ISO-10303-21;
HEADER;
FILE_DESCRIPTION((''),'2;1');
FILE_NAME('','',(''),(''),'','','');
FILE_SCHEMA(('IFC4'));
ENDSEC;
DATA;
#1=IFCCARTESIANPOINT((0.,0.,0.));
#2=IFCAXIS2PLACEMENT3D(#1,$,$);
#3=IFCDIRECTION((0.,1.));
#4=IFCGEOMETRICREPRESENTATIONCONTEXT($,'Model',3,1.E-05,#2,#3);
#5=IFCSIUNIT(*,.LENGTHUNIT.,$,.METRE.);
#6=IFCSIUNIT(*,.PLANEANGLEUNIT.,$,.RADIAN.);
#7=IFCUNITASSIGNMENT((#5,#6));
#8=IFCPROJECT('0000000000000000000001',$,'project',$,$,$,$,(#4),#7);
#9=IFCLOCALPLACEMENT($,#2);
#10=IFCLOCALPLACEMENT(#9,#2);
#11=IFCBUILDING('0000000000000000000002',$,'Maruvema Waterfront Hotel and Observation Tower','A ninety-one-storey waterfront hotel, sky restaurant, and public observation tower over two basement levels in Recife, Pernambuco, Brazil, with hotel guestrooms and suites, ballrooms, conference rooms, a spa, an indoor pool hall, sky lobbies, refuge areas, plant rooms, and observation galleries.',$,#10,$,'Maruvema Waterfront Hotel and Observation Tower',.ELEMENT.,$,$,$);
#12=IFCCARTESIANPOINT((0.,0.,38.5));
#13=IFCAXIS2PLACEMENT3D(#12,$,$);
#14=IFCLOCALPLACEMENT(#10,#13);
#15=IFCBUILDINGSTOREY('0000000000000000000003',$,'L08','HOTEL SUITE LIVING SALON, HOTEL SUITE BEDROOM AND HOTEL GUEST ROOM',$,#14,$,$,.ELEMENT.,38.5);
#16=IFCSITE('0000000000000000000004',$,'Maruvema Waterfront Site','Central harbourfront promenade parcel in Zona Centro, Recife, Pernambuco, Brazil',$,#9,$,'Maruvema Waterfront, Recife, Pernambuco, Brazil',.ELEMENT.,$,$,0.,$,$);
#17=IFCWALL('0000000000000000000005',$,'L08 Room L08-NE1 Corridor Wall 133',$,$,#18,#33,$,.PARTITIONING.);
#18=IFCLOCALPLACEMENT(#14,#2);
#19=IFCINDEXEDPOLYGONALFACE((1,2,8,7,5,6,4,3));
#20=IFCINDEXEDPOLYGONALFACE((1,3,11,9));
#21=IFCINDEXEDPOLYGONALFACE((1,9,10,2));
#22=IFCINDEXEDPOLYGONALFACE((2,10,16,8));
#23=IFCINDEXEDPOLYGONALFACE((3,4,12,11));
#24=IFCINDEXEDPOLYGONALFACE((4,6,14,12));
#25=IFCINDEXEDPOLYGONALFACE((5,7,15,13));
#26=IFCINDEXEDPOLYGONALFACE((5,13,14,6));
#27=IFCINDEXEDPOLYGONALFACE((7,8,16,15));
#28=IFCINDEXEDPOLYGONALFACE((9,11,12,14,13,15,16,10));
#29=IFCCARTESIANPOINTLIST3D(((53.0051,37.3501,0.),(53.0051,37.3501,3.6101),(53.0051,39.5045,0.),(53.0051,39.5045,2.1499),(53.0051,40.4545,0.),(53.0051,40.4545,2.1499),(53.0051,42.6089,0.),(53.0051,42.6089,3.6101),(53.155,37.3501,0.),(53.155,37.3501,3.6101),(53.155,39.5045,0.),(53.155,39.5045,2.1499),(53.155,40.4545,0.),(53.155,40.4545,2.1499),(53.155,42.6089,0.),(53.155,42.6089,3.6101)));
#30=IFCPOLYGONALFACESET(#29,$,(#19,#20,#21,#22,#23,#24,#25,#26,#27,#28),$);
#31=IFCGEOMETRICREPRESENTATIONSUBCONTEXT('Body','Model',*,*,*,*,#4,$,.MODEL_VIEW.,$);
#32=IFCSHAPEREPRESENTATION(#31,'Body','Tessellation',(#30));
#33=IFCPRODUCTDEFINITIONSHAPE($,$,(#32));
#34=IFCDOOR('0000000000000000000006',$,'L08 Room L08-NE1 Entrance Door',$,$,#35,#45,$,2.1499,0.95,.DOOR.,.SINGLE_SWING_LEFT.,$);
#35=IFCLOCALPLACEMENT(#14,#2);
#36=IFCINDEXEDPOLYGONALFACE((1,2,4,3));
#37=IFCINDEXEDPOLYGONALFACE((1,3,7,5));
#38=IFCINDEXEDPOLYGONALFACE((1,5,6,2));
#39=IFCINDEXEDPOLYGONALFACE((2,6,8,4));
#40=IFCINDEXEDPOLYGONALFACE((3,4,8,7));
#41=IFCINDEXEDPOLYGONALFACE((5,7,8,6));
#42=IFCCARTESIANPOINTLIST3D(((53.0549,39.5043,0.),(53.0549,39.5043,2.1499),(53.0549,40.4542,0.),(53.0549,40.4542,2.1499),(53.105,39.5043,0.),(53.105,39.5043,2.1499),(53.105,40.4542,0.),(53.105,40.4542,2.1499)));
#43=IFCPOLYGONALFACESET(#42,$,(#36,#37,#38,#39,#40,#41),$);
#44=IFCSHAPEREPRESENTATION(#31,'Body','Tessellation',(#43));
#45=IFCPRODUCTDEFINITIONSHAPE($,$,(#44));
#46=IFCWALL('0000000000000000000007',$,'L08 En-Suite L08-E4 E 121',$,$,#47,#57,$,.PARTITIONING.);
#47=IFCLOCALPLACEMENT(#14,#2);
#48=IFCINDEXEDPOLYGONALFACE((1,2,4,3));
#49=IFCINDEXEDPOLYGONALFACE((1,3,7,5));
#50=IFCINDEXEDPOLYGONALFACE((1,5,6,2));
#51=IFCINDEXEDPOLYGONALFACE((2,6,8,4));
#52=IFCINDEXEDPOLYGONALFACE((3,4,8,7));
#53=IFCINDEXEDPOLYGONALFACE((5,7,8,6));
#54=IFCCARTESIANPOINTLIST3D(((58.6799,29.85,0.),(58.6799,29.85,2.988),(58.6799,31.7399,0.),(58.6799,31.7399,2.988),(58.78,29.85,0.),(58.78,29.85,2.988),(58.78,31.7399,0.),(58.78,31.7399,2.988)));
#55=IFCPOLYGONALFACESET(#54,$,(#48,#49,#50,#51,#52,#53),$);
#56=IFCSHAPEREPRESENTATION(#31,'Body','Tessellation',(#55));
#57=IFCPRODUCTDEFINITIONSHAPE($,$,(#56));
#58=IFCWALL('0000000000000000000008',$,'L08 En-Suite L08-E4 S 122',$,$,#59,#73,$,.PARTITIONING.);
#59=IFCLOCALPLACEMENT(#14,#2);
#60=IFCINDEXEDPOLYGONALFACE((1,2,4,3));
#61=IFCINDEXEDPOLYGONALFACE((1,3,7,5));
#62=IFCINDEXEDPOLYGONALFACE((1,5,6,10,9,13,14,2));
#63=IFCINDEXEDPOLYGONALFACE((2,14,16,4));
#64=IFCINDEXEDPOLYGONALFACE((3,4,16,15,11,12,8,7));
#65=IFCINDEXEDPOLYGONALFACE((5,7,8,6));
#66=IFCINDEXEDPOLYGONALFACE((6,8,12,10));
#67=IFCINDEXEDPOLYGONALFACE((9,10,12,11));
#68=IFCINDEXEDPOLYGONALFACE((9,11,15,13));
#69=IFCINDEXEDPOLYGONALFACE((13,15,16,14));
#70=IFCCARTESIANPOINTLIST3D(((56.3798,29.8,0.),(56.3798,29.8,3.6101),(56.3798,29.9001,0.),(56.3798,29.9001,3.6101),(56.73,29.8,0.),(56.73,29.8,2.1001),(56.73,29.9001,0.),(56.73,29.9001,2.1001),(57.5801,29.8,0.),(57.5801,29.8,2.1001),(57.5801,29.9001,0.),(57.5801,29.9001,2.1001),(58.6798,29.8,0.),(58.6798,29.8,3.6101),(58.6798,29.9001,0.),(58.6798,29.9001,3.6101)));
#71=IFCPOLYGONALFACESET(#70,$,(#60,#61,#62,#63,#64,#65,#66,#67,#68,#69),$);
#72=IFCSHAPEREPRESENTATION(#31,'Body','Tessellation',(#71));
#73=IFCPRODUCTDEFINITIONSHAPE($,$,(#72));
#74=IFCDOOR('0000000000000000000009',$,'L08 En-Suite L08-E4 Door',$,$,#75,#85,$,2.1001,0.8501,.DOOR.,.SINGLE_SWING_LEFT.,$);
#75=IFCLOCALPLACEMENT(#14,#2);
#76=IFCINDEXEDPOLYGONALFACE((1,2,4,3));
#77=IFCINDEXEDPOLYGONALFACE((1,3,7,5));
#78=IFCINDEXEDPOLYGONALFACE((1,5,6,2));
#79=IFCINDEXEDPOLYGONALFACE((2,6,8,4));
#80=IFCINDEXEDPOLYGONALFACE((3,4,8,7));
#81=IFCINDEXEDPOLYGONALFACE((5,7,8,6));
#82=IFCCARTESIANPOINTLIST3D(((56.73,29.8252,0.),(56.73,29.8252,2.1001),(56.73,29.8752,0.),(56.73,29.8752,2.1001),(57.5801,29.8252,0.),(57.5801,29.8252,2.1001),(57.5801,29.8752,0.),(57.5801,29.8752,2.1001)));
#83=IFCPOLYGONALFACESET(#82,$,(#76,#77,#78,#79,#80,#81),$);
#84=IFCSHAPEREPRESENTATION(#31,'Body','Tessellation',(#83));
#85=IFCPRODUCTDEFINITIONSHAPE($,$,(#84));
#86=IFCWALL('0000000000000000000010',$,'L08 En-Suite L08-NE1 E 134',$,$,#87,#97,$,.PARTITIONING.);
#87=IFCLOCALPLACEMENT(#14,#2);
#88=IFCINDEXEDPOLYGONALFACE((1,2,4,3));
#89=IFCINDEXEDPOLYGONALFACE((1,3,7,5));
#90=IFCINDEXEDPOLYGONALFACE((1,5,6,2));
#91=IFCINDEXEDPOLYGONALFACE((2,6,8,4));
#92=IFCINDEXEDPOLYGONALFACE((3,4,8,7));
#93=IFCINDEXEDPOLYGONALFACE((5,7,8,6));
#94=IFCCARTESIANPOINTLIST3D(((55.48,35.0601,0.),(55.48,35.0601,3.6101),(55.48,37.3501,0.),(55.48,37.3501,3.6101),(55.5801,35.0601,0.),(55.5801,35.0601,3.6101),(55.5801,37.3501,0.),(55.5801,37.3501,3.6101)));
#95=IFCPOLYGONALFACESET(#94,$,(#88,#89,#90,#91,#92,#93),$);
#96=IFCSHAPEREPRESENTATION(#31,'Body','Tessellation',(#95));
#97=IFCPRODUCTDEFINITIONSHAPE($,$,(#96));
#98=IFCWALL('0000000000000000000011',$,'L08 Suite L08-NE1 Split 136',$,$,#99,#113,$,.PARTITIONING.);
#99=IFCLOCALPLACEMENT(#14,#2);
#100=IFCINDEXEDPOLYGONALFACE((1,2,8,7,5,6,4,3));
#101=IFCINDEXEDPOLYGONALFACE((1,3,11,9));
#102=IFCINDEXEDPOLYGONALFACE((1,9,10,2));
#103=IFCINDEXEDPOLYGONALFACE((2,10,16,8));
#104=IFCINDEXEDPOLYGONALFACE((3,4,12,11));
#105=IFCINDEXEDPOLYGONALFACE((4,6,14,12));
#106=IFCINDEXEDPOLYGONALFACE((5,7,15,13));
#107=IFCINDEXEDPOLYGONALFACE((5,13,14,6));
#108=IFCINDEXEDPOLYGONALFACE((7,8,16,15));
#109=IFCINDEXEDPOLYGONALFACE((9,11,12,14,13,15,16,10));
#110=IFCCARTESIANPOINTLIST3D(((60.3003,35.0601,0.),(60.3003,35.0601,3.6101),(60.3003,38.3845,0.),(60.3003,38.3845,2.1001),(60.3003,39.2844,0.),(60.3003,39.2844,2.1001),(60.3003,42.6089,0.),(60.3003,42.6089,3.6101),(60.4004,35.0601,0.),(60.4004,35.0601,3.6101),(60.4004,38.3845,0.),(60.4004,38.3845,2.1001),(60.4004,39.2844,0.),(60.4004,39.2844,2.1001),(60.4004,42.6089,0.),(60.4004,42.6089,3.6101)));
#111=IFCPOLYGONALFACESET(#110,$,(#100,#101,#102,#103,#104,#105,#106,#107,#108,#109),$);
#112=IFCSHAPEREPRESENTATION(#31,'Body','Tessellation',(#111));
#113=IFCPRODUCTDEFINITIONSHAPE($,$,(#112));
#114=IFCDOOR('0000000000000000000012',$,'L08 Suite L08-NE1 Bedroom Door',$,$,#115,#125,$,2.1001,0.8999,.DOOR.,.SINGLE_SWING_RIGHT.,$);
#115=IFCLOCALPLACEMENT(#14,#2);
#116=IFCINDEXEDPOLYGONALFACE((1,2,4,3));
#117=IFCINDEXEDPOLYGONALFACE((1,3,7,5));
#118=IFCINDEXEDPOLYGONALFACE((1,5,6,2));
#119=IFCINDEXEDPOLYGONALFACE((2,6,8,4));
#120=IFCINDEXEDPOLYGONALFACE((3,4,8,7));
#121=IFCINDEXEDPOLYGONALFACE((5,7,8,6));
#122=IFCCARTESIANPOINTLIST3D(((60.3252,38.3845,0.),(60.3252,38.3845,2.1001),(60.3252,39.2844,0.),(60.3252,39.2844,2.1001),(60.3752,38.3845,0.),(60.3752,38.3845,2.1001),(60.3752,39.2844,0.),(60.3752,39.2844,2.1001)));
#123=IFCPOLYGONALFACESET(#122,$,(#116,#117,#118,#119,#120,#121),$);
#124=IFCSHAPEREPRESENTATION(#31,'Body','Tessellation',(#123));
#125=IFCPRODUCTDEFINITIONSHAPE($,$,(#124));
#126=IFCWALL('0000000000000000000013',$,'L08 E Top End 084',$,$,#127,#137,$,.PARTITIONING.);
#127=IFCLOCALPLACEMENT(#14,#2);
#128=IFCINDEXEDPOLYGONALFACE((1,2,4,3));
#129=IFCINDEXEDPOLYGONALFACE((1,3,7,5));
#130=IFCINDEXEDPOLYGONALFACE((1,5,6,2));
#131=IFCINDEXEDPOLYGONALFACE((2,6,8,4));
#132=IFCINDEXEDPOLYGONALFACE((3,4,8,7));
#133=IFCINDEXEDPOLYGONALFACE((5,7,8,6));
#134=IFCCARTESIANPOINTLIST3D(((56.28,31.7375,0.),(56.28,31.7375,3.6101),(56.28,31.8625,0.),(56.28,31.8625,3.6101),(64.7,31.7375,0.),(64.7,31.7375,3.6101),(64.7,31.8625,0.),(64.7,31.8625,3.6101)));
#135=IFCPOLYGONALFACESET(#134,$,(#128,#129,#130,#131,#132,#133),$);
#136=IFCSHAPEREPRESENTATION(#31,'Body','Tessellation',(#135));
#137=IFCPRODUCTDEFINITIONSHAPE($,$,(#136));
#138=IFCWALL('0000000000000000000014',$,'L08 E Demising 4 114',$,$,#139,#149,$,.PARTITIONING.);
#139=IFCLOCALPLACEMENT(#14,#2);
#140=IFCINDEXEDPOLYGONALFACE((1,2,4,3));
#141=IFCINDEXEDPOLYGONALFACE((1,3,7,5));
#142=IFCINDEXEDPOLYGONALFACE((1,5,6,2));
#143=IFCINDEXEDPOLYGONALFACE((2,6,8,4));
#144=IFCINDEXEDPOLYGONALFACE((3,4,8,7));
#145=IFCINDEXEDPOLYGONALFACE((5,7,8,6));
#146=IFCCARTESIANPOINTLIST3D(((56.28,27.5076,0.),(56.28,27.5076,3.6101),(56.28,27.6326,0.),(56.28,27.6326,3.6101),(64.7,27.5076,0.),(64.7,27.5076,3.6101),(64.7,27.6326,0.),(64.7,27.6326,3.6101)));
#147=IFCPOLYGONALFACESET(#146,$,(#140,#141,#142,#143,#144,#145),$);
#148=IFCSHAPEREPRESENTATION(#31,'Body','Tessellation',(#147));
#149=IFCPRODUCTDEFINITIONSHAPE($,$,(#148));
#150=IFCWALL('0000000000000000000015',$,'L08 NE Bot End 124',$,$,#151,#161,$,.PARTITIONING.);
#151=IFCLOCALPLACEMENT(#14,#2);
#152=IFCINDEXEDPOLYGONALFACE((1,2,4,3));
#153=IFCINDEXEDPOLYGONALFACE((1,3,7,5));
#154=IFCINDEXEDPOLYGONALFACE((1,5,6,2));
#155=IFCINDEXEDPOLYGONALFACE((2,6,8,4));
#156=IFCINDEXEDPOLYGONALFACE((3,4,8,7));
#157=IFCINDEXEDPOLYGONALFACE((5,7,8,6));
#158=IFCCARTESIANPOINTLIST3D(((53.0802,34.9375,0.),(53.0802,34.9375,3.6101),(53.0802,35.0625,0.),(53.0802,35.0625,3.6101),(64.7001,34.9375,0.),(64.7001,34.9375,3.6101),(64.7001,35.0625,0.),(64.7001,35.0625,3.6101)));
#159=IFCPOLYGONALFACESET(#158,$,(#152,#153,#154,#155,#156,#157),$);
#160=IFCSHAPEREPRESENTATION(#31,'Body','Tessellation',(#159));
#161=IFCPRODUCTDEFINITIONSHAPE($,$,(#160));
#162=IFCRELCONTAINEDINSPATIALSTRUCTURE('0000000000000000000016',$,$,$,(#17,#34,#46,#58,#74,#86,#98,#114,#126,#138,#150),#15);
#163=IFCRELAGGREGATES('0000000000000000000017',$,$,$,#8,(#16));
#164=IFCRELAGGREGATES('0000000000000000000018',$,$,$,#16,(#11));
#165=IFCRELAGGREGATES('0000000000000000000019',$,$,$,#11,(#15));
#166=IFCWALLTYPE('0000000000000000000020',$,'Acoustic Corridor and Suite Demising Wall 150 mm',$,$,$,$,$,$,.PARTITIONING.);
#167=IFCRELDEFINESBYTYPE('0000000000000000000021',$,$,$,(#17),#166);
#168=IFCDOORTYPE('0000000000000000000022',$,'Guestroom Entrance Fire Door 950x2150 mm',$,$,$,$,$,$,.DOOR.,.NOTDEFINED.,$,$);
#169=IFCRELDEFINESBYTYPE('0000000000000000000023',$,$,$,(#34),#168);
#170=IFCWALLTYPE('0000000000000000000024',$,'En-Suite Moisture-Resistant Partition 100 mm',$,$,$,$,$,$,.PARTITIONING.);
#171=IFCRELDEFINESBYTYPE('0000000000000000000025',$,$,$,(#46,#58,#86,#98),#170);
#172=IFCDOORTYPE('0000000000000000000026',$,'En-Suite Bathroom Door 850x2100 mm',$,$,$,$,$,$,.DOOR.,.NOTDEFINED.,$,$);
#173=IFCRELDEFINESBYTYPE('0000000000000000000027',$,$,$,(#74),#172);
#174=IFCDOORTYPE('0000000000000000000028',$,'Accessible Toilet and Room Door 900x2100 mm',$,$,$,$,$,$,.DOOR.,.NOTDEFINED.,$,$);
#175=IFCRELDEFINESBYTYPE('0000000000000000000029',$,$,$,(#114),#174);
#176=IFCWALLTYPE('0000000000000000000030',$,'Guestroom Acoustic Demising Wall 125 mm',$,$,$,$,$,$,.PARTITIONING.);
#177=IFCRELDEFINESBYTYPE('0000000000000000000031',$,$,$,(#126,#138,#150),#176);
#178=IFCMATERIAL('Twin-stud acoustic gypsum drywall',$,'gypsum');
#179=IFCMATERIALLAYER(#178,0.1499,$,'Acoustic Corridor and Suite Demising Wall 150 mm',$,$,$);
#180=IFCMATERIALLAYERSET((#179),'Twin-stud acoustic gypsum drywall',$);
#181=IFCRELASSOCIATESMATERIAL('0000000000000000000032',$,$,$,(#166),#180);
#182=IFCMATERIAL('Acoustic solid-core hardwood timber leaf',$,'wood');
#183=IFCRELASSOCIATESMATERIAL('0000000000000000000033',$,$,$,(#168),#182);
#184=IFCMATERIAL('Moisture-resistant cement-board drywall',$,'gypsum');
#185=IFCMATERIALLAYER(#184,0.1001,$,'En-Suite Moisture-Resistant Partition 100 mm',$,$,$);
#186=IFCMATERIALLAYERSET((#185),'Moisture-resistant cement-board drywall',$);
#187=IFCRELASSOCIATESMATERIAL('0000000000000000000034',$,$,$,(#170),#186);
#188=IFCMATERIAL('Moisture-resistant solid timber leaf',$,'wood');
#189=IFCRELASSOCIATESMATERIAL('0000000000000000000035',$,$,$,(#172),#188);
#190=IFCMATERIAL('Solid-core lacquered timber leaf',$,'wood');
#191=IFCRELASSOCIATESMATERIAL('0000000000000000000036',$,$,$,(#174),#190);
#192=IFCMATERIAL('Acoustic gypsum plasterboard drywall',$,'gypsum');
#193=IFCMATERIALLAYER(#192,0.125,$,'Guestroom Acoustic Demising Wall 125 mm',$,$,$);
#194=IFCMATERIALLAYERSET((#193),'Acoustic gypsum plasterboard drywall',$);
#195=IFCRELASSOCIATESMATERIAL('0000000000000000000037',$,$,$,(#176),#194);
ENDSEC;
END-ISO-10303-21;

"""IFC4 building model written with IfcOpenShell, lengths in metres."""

from ifc_helpers import new_model, si_unit, direction, frame, frame_2d, origin, place, context, subcontext, project, spatial, rectangle, extrude, material, layer, layer_set, type_object, element, fill, save


model = new_model("IFC4")

# Units and contexts
model_context = context("Model", 3, precision=1e-05, world=origin(), true_north=direction((0.0, 1.0)))
body_context = subcontext(model_context, "Body", "Model", "MODEL_VIEW")
ifc_project = project(units=[si_unit("LENGTHUNIT", "METRE"), si_unit("PLANEANGLEUNIT", "RADIAN")], contexts=[model_context])

# Site, building, storey
site_placement = place(None, origin())
site = spatial("IfcSite", under=ifc_project, at=site_placement, Name="Maruvema Waterfront Site", Description="Central harbourfront promenade parcel in Zona Centro, Recife, Pernambuco, Brazil", LongName="Maruvema Waterfront, Recife, Pernambuco, Brazil", CompositionType="ELEMENT", RefElevation=0.0)
building_placement = place(site_placement, origin())
building = spatial("IfcBuilding", under=site, at=building_placement, Name="Maruvema Waterfront Hotel and Observation Tower", Description="A ninety-one-storey waterfront hotel, sky restaurant, and public observation tower over two basement levels in Recife, Pernambuco, Brazil, with hotel guestrooms and suites, ballrooms, conference rooms, a spa, an indoor pool hall, sky lobbies, refuge areas, plant rooms, and observation galleries.", LongName="Maruvema Waterfront Hotel and Observation Tower", CompositionType="ELEMENT")
storey_placement = place(building_placement, frame((0.0, 0.0, 38.5)))
storey = spatial("IfcBuildingStorey", under=building, at=storey_placement, Name="L08", Description="HOTEL SUITE LIVING SALON, HOTEL SUITE BEDROOM AND HOTEL GUEST ROOM", CompositionType="ELEMENT", Elevation=38.5)

# Shared definitions
ifc_material_1 = material(Name="Twin-stud acoustic gypsum drywall", Category="gypsum")
ifc_layer_1 = layer(ifc_material_1, 0.1499, Name="Acoustic Corridor and Suite Demising Wall 150 mm")
ifc_layer_set_1 = layer_set([ifc_layer_1], Name="Twin-stud acoustic gypsum drywall")
wall_type_1 = type_object("IfcWallType", Name="Acoustic Corridor and Suite Demising Wall 150 mm", PredefinedType="PARTITIONING", material=ifc_layer_set_1)
ifc_material_2 = material(Name="Acoustic solid-core hardwood timber leaf", Category="wood")
door_type_1 = type_object("IfcDoorType", Name="Guestroom Entrance Fire Door 950x2150 mm", OperationType="NOTDEFINED", PredefinedType="DOOR", material=ifc_material_2)

# Wall, opening, door
wall_1_placement = place(storey_placement, frame((53.0801, 37.3501, 0.0), z_axis=(0.0, 0.0, 1.0), x_axis=(0.0, 1.0, 0.0)))
wall_1 = element("IfcWall", 1, at=wall_1_placement, inside=storey, type_object=wall_type_1, Name="L08 Room L08-NE1 Corridor Wall 133", PredefinedType="PARTITIONING", context=body_context, shape_type="SweptSolid", body=[
    extrude(rectangle(XDim=5.2588, YDim=0.1499, at=frame_2d((2.6294, 0.0))), origin(), (0.0, 0.0, 1.0), 3.6101),
])
opening_1_placement = place(wall_1_placement, frame((2.1543, 0.0, 0.0)))
opening_1 = element("IfcOpeningElement", 2, at=opening_1_placement, cuts=wall_1, PredefinedType="OPENING", context=body_context, shape_type="SweptSolid", body=[
    extrude(rectangle(XDim=0.95, YDim=2.1499, at=frame_2d((0.4751, 1.075))), frame((0.0, 0.085, 0.0), z_axis=(0.0, -1.0, 0.0), x_axis=(1.0, 0.0, 0.0)), (0.0, 0.0, 1.0), 0.1699),
])
door_1_placement = place(opening_1_placement, frame((0.95, 0.0, 0.0), z_axis=(0.0, 0.0, 1.0), x_axis=(-1.0, 0.0, 0.0)))
door_1 = element("IfcDoor", 3, at=door_1_placement, inside=storey, type_object=door_type_1, Name="L08 Room L08-NE1 Entrance Door", OperationType="SINGLE_SWING_LEFT", OverallHeight=2.1499, OverallWidth=0.95, PredefinedType="DOOR", context=body_context, shape_type="SweptSolid", body=[
    extrude(rectangle(XDim=0.95, YDim=2.1499, at=frame_2d((0.4751, 1.075))), frame((0.0, 0.0249, 0.0), z_axis=(0.0, -1.0, 0.0), x_axis=(1.0, 0.0, 0.0)), (0.0, 0.0, 1.0), 0.05),
])
fill(opening_1, door_1)

# Wall
ifc_material_3 = material(Name="Moisture-resistant cement-board drywall", Category="gypsum")
ifc_layer_2 = layer(ifc_material_3, 0.1001, Name="En-Suite Moisture-Resistant Partition 100 mm")
ifc_layer_set_2 = layer_set([ifc_layer_2], Name="Moisture-resistant cement-board drywall")
wall_type_2 = type_object("IfcWallType", Name="En-Suite Moisture-Resistant Partition 100 mm", PredefinedType="PARTITIONING", material=ifc_layer_set_2)
wall_2_placement = place(storey_placement, frame((58.73, 29.8501, 0.0), z_axis=(0.0, 0.0, 1.0), x_axis=(0.0, 1.0, 0.0)))
element("IfcWall", 4, at=wall_2_placement, inside=storey, type_object=wall_type_2, Name="L08 En-Suite L08-E4 E 121", PredefinedType="PARTITIONING", context=body_context, shape_type="SweptSolid", body=[
    extrude(rectangle(XDim=1.8899, YDim=0.1001, at=frame_2d((0.9448, 0.0))), origin(), (0.0, 0.0, 1.0), 2.988),
])

# Wall, opening, door
wall_3_placement = place(storey_placement, frame((56.3799, 29.8501, 0.0), z_axis=(0.0, 0.0, 1.0), x_axis=(1.0, 0.0, 0.0)))
wall_3 = element("IfcWall", 5, at=wall_3_placement, inside=storey, type_object=wall_type_2, Name="L08 En-Suite L08-E4 S 122", PredefinedType="PARTITIONING", context=body_context, shape_type="SweptSolid", body=[
    extrude(rectangle(XDim=2.3, YDim=0.1001, at=frame_2d((1.1499, 0.0))), origin(), (0.0, 0.0, 1.0), 3.6101),
])
opening_2_placement = place(wall_3_placement, frame((0.3501, 0.0, 0.0)))
opening_2 = element("IfcOpeningElement", 6, at=opening_2_placement, cuts=wall_3, PredefinedType="OPENING", context=body_context, shape_type="SweptSolid", body=[
    extrude(rectangle(XDim=0.8501, YDim=2.1001, at=frame_2d((0.425, 1.05))), frame((0.0, 0.0601, 0.0), z_axis=(0.0, -1.0, 0.0), x_axis=(1.0, 0.0, 0.0)), (0.0, 0.0, 1.0), 0.1201),
])
ifc_material_4 = material(Name="Moisture-resistant solid timber leaf", Category="wood")
door_type_2 = type_object("IfcDoorType", Name="En-Suite Bathroom Door 850x2100 mm", OperationType="NOTDEFINED", PredefinedType="DOOR", material=ifc_material_4)
door_2_placement = place(opening_2_placement, frame((0.8501, 0.0, 0.0), z_axis=(0.0, 0.0, 1.0), x_axis=(-1.0, 0.0, 0.0)))
door_2 = element("IfcDoor", 7, at=door_2_placement, inside=storey, type_object=door_type_2, Name="L08 En-Suite L08-E4 Door", OperationType="SINGLE_SWING_LEFT", OverallHeight=2.1001, OverallWidth=0.8501, PredefinedType="DOOR", context=body_context, shape_type="SweptSolid", body=[
    extrude(rectangle(XDim=0.8501, YDim=2.1001, at=frame_2d((0.425, 1.05))), frame((0.0, 0.0249, 0.0), z_axis=(0.0, -1.0, 0.0), x_axis=(1.0, 0.0, 0.0)), (0.0, 0.0, 1.0), 0.05),
])
fill(opening_2, door_2)

# Wall
wall_4_placement = place(storey_placement, frame((55.53, 35.0601, 0.0), z_axis=(0.0, 0.0, 1.0), x_axis=(0.0, 1.0, 0.0)))
element("IfcWall", 8, at=wall_4_placement, inside=storey, type_object=wall_type_2, Name="L08 En-Suite L08-NE1 E 134", PredefinedType="PARTITIONING", context=body_context, shape_type="SweptSolid", body=[
    extrude(rectangle(XDim=2.29, YDim=0.1001, at=frame_2d((1.145, 0.0))), origin(), (0.0, 0.0, 1.0), 3.6101),
])

# Wall, opening, door
wall_5_placement = place(storey_placement, frame((60.3503, 35.0601, 0.0), z_axis=(0.0, 0.0, 1.0), x_axis=(0.0, 1.0, 0.0)))
wall_5 = element("IfcWall", 9, at=wall_5_placement, inside=storey, type_object=wall_type_2, Name="L08 Suite L08-NE1 Split 136", PredefinedType="PARTITIONING", context=body_context, shape_type="SweptSolid", body=[
    extrude(rectangle(XDim=7.5488, YDim=0.1001, at=frame_2d((3.7744, 0.0))), origin(), (0.0, 0.0, 1.0), 3.6101),
])
opening_3_placement = place(wall_5_placement, frame((3.3245, 0.0, 0.0)))
opening_3 = element("IfcOpeningElement", 10, at=opening_3_placement, cuts=wall_5, PredefinedType="OPENING", context=body_context, shape_type="SweptSolid", body=[
    extrude(rectangle(XDim=0.8999, YDim=2.1001, at=frame_2d((0.45, 1.05))), frame((0.0, 0.0601, 0.0), z_axis=(0.0, -1.0, 0.0), x_axis=(1.0, 0.0, 0.0)), (0.0, 0.0, 1.0), 0.1201),
])
ifc_material_5 = material(Name="Solid-core lacquered timber leaf", Category="wood")
door_type_3 = type_object("IfcDoorType", Name="Accessible Toilet and Room Door 900x2100 mm", OperationType="NOTDEFINED", PredefinedType="DOOR", material=ifc_material_5)
door_3_placement = place(opening_3_placement, frame((0.8999, 0.0, 0.0), z_axis=(0.0, 0.0, 1.0), x_axis=(-1.0, 0.0, 0.0)))
door_3 = element("IfcDoor", 11, at=door_3_placement, inside=storey, type_object=door_type_3, Name="L08 Suite L08-NE1 Bedroom Door", OperationType="SINGLE_SWING_RIGHT", OverallHeight=2.1001, OverallWidth=0.8999, PredefinedType="DOOR", context=body_context, shape_type="SweptSolid", body=[
    extrude(rectangle(XDim=0.8999, YDim=2.1001, at=frame_2d((0.45, 1.05))), frame((0.0, 0.0249, 0.0), z_axis=(0.0, -1.0, 0.0), x_axis=(1.0, 0.0, 0.0)), (0.0, 0.0, 1.0), 0.05),
])
fill(opening_3, door_3)

# Walls
ifc_material_6 = material(Name="Acoustic gypsum plasterboard drywall", Category="gypsum")
ifc_layer_3 = layer(ifc_material_6, 0.125, Name="Guestroom Acoustic Demising Wall 125 mm")
ifc_layer_set_3 = layer_set([ifc_layer_3], Name="Acoustic gypsum plasterboard drywall")
wall_type_3 = type_object("IfcWallType", Name="Guestroom Acoustic Demising Wall 125 mm", PredefinedType="PARTITIONING", material=ifc_layer_set_3)
for number, where, z_axis, x_axis, name in (
    (12, (56.28, 31.8, 0.0), (0.0, 0.0, 1.0), (1.0, 0.0, 0.0), "L08 E Top End 084"),
    (13, (56.28, 27.5701, 0.0), (0.0, 0.0, 1.0), (1.0, 0.0, 0.0), "L08 E Demising 4 114"),
):
    element("IfcWall", number, at=place(storey_placement, frame(where, z_axis=z_axis, x_axis=x_axis)), inside=storey, type_object=wall_type_3, Name=name, PredefinedType="PARTITIONING", context=body_context, shape_type="SweptSolid", body=[
        extrude(rectangle(XDim=8.4199, YDim=0.125, at=frame_2d((4.21, 0.0))), origin(), (0.0, 0.0, 1.0), 3.6101),
    ])
wall_6_placement = place(storey_placement, frame((53.0801, 35.0, 0.0), z_axis=(0.0, 0.0, 1.0), x_axis=(1.0, 0.0, 0.0)))
element("IfcWall", 14, at=wall_6_placement, inside=storey, type_object=wall_type_3, Name="L08 NE Bot End 124", PredefinedType="PARTITIONING", context=body_context, shape_type="SweptSolid", body=[
    extrude(rectangle(XDim=11.6199, YDim=0.125, at=frame_2d((5.8101, 0.0))), origin(), (0.0, 0.0, 1.0), 3.6101),
])

save(model, "model.ifc")
